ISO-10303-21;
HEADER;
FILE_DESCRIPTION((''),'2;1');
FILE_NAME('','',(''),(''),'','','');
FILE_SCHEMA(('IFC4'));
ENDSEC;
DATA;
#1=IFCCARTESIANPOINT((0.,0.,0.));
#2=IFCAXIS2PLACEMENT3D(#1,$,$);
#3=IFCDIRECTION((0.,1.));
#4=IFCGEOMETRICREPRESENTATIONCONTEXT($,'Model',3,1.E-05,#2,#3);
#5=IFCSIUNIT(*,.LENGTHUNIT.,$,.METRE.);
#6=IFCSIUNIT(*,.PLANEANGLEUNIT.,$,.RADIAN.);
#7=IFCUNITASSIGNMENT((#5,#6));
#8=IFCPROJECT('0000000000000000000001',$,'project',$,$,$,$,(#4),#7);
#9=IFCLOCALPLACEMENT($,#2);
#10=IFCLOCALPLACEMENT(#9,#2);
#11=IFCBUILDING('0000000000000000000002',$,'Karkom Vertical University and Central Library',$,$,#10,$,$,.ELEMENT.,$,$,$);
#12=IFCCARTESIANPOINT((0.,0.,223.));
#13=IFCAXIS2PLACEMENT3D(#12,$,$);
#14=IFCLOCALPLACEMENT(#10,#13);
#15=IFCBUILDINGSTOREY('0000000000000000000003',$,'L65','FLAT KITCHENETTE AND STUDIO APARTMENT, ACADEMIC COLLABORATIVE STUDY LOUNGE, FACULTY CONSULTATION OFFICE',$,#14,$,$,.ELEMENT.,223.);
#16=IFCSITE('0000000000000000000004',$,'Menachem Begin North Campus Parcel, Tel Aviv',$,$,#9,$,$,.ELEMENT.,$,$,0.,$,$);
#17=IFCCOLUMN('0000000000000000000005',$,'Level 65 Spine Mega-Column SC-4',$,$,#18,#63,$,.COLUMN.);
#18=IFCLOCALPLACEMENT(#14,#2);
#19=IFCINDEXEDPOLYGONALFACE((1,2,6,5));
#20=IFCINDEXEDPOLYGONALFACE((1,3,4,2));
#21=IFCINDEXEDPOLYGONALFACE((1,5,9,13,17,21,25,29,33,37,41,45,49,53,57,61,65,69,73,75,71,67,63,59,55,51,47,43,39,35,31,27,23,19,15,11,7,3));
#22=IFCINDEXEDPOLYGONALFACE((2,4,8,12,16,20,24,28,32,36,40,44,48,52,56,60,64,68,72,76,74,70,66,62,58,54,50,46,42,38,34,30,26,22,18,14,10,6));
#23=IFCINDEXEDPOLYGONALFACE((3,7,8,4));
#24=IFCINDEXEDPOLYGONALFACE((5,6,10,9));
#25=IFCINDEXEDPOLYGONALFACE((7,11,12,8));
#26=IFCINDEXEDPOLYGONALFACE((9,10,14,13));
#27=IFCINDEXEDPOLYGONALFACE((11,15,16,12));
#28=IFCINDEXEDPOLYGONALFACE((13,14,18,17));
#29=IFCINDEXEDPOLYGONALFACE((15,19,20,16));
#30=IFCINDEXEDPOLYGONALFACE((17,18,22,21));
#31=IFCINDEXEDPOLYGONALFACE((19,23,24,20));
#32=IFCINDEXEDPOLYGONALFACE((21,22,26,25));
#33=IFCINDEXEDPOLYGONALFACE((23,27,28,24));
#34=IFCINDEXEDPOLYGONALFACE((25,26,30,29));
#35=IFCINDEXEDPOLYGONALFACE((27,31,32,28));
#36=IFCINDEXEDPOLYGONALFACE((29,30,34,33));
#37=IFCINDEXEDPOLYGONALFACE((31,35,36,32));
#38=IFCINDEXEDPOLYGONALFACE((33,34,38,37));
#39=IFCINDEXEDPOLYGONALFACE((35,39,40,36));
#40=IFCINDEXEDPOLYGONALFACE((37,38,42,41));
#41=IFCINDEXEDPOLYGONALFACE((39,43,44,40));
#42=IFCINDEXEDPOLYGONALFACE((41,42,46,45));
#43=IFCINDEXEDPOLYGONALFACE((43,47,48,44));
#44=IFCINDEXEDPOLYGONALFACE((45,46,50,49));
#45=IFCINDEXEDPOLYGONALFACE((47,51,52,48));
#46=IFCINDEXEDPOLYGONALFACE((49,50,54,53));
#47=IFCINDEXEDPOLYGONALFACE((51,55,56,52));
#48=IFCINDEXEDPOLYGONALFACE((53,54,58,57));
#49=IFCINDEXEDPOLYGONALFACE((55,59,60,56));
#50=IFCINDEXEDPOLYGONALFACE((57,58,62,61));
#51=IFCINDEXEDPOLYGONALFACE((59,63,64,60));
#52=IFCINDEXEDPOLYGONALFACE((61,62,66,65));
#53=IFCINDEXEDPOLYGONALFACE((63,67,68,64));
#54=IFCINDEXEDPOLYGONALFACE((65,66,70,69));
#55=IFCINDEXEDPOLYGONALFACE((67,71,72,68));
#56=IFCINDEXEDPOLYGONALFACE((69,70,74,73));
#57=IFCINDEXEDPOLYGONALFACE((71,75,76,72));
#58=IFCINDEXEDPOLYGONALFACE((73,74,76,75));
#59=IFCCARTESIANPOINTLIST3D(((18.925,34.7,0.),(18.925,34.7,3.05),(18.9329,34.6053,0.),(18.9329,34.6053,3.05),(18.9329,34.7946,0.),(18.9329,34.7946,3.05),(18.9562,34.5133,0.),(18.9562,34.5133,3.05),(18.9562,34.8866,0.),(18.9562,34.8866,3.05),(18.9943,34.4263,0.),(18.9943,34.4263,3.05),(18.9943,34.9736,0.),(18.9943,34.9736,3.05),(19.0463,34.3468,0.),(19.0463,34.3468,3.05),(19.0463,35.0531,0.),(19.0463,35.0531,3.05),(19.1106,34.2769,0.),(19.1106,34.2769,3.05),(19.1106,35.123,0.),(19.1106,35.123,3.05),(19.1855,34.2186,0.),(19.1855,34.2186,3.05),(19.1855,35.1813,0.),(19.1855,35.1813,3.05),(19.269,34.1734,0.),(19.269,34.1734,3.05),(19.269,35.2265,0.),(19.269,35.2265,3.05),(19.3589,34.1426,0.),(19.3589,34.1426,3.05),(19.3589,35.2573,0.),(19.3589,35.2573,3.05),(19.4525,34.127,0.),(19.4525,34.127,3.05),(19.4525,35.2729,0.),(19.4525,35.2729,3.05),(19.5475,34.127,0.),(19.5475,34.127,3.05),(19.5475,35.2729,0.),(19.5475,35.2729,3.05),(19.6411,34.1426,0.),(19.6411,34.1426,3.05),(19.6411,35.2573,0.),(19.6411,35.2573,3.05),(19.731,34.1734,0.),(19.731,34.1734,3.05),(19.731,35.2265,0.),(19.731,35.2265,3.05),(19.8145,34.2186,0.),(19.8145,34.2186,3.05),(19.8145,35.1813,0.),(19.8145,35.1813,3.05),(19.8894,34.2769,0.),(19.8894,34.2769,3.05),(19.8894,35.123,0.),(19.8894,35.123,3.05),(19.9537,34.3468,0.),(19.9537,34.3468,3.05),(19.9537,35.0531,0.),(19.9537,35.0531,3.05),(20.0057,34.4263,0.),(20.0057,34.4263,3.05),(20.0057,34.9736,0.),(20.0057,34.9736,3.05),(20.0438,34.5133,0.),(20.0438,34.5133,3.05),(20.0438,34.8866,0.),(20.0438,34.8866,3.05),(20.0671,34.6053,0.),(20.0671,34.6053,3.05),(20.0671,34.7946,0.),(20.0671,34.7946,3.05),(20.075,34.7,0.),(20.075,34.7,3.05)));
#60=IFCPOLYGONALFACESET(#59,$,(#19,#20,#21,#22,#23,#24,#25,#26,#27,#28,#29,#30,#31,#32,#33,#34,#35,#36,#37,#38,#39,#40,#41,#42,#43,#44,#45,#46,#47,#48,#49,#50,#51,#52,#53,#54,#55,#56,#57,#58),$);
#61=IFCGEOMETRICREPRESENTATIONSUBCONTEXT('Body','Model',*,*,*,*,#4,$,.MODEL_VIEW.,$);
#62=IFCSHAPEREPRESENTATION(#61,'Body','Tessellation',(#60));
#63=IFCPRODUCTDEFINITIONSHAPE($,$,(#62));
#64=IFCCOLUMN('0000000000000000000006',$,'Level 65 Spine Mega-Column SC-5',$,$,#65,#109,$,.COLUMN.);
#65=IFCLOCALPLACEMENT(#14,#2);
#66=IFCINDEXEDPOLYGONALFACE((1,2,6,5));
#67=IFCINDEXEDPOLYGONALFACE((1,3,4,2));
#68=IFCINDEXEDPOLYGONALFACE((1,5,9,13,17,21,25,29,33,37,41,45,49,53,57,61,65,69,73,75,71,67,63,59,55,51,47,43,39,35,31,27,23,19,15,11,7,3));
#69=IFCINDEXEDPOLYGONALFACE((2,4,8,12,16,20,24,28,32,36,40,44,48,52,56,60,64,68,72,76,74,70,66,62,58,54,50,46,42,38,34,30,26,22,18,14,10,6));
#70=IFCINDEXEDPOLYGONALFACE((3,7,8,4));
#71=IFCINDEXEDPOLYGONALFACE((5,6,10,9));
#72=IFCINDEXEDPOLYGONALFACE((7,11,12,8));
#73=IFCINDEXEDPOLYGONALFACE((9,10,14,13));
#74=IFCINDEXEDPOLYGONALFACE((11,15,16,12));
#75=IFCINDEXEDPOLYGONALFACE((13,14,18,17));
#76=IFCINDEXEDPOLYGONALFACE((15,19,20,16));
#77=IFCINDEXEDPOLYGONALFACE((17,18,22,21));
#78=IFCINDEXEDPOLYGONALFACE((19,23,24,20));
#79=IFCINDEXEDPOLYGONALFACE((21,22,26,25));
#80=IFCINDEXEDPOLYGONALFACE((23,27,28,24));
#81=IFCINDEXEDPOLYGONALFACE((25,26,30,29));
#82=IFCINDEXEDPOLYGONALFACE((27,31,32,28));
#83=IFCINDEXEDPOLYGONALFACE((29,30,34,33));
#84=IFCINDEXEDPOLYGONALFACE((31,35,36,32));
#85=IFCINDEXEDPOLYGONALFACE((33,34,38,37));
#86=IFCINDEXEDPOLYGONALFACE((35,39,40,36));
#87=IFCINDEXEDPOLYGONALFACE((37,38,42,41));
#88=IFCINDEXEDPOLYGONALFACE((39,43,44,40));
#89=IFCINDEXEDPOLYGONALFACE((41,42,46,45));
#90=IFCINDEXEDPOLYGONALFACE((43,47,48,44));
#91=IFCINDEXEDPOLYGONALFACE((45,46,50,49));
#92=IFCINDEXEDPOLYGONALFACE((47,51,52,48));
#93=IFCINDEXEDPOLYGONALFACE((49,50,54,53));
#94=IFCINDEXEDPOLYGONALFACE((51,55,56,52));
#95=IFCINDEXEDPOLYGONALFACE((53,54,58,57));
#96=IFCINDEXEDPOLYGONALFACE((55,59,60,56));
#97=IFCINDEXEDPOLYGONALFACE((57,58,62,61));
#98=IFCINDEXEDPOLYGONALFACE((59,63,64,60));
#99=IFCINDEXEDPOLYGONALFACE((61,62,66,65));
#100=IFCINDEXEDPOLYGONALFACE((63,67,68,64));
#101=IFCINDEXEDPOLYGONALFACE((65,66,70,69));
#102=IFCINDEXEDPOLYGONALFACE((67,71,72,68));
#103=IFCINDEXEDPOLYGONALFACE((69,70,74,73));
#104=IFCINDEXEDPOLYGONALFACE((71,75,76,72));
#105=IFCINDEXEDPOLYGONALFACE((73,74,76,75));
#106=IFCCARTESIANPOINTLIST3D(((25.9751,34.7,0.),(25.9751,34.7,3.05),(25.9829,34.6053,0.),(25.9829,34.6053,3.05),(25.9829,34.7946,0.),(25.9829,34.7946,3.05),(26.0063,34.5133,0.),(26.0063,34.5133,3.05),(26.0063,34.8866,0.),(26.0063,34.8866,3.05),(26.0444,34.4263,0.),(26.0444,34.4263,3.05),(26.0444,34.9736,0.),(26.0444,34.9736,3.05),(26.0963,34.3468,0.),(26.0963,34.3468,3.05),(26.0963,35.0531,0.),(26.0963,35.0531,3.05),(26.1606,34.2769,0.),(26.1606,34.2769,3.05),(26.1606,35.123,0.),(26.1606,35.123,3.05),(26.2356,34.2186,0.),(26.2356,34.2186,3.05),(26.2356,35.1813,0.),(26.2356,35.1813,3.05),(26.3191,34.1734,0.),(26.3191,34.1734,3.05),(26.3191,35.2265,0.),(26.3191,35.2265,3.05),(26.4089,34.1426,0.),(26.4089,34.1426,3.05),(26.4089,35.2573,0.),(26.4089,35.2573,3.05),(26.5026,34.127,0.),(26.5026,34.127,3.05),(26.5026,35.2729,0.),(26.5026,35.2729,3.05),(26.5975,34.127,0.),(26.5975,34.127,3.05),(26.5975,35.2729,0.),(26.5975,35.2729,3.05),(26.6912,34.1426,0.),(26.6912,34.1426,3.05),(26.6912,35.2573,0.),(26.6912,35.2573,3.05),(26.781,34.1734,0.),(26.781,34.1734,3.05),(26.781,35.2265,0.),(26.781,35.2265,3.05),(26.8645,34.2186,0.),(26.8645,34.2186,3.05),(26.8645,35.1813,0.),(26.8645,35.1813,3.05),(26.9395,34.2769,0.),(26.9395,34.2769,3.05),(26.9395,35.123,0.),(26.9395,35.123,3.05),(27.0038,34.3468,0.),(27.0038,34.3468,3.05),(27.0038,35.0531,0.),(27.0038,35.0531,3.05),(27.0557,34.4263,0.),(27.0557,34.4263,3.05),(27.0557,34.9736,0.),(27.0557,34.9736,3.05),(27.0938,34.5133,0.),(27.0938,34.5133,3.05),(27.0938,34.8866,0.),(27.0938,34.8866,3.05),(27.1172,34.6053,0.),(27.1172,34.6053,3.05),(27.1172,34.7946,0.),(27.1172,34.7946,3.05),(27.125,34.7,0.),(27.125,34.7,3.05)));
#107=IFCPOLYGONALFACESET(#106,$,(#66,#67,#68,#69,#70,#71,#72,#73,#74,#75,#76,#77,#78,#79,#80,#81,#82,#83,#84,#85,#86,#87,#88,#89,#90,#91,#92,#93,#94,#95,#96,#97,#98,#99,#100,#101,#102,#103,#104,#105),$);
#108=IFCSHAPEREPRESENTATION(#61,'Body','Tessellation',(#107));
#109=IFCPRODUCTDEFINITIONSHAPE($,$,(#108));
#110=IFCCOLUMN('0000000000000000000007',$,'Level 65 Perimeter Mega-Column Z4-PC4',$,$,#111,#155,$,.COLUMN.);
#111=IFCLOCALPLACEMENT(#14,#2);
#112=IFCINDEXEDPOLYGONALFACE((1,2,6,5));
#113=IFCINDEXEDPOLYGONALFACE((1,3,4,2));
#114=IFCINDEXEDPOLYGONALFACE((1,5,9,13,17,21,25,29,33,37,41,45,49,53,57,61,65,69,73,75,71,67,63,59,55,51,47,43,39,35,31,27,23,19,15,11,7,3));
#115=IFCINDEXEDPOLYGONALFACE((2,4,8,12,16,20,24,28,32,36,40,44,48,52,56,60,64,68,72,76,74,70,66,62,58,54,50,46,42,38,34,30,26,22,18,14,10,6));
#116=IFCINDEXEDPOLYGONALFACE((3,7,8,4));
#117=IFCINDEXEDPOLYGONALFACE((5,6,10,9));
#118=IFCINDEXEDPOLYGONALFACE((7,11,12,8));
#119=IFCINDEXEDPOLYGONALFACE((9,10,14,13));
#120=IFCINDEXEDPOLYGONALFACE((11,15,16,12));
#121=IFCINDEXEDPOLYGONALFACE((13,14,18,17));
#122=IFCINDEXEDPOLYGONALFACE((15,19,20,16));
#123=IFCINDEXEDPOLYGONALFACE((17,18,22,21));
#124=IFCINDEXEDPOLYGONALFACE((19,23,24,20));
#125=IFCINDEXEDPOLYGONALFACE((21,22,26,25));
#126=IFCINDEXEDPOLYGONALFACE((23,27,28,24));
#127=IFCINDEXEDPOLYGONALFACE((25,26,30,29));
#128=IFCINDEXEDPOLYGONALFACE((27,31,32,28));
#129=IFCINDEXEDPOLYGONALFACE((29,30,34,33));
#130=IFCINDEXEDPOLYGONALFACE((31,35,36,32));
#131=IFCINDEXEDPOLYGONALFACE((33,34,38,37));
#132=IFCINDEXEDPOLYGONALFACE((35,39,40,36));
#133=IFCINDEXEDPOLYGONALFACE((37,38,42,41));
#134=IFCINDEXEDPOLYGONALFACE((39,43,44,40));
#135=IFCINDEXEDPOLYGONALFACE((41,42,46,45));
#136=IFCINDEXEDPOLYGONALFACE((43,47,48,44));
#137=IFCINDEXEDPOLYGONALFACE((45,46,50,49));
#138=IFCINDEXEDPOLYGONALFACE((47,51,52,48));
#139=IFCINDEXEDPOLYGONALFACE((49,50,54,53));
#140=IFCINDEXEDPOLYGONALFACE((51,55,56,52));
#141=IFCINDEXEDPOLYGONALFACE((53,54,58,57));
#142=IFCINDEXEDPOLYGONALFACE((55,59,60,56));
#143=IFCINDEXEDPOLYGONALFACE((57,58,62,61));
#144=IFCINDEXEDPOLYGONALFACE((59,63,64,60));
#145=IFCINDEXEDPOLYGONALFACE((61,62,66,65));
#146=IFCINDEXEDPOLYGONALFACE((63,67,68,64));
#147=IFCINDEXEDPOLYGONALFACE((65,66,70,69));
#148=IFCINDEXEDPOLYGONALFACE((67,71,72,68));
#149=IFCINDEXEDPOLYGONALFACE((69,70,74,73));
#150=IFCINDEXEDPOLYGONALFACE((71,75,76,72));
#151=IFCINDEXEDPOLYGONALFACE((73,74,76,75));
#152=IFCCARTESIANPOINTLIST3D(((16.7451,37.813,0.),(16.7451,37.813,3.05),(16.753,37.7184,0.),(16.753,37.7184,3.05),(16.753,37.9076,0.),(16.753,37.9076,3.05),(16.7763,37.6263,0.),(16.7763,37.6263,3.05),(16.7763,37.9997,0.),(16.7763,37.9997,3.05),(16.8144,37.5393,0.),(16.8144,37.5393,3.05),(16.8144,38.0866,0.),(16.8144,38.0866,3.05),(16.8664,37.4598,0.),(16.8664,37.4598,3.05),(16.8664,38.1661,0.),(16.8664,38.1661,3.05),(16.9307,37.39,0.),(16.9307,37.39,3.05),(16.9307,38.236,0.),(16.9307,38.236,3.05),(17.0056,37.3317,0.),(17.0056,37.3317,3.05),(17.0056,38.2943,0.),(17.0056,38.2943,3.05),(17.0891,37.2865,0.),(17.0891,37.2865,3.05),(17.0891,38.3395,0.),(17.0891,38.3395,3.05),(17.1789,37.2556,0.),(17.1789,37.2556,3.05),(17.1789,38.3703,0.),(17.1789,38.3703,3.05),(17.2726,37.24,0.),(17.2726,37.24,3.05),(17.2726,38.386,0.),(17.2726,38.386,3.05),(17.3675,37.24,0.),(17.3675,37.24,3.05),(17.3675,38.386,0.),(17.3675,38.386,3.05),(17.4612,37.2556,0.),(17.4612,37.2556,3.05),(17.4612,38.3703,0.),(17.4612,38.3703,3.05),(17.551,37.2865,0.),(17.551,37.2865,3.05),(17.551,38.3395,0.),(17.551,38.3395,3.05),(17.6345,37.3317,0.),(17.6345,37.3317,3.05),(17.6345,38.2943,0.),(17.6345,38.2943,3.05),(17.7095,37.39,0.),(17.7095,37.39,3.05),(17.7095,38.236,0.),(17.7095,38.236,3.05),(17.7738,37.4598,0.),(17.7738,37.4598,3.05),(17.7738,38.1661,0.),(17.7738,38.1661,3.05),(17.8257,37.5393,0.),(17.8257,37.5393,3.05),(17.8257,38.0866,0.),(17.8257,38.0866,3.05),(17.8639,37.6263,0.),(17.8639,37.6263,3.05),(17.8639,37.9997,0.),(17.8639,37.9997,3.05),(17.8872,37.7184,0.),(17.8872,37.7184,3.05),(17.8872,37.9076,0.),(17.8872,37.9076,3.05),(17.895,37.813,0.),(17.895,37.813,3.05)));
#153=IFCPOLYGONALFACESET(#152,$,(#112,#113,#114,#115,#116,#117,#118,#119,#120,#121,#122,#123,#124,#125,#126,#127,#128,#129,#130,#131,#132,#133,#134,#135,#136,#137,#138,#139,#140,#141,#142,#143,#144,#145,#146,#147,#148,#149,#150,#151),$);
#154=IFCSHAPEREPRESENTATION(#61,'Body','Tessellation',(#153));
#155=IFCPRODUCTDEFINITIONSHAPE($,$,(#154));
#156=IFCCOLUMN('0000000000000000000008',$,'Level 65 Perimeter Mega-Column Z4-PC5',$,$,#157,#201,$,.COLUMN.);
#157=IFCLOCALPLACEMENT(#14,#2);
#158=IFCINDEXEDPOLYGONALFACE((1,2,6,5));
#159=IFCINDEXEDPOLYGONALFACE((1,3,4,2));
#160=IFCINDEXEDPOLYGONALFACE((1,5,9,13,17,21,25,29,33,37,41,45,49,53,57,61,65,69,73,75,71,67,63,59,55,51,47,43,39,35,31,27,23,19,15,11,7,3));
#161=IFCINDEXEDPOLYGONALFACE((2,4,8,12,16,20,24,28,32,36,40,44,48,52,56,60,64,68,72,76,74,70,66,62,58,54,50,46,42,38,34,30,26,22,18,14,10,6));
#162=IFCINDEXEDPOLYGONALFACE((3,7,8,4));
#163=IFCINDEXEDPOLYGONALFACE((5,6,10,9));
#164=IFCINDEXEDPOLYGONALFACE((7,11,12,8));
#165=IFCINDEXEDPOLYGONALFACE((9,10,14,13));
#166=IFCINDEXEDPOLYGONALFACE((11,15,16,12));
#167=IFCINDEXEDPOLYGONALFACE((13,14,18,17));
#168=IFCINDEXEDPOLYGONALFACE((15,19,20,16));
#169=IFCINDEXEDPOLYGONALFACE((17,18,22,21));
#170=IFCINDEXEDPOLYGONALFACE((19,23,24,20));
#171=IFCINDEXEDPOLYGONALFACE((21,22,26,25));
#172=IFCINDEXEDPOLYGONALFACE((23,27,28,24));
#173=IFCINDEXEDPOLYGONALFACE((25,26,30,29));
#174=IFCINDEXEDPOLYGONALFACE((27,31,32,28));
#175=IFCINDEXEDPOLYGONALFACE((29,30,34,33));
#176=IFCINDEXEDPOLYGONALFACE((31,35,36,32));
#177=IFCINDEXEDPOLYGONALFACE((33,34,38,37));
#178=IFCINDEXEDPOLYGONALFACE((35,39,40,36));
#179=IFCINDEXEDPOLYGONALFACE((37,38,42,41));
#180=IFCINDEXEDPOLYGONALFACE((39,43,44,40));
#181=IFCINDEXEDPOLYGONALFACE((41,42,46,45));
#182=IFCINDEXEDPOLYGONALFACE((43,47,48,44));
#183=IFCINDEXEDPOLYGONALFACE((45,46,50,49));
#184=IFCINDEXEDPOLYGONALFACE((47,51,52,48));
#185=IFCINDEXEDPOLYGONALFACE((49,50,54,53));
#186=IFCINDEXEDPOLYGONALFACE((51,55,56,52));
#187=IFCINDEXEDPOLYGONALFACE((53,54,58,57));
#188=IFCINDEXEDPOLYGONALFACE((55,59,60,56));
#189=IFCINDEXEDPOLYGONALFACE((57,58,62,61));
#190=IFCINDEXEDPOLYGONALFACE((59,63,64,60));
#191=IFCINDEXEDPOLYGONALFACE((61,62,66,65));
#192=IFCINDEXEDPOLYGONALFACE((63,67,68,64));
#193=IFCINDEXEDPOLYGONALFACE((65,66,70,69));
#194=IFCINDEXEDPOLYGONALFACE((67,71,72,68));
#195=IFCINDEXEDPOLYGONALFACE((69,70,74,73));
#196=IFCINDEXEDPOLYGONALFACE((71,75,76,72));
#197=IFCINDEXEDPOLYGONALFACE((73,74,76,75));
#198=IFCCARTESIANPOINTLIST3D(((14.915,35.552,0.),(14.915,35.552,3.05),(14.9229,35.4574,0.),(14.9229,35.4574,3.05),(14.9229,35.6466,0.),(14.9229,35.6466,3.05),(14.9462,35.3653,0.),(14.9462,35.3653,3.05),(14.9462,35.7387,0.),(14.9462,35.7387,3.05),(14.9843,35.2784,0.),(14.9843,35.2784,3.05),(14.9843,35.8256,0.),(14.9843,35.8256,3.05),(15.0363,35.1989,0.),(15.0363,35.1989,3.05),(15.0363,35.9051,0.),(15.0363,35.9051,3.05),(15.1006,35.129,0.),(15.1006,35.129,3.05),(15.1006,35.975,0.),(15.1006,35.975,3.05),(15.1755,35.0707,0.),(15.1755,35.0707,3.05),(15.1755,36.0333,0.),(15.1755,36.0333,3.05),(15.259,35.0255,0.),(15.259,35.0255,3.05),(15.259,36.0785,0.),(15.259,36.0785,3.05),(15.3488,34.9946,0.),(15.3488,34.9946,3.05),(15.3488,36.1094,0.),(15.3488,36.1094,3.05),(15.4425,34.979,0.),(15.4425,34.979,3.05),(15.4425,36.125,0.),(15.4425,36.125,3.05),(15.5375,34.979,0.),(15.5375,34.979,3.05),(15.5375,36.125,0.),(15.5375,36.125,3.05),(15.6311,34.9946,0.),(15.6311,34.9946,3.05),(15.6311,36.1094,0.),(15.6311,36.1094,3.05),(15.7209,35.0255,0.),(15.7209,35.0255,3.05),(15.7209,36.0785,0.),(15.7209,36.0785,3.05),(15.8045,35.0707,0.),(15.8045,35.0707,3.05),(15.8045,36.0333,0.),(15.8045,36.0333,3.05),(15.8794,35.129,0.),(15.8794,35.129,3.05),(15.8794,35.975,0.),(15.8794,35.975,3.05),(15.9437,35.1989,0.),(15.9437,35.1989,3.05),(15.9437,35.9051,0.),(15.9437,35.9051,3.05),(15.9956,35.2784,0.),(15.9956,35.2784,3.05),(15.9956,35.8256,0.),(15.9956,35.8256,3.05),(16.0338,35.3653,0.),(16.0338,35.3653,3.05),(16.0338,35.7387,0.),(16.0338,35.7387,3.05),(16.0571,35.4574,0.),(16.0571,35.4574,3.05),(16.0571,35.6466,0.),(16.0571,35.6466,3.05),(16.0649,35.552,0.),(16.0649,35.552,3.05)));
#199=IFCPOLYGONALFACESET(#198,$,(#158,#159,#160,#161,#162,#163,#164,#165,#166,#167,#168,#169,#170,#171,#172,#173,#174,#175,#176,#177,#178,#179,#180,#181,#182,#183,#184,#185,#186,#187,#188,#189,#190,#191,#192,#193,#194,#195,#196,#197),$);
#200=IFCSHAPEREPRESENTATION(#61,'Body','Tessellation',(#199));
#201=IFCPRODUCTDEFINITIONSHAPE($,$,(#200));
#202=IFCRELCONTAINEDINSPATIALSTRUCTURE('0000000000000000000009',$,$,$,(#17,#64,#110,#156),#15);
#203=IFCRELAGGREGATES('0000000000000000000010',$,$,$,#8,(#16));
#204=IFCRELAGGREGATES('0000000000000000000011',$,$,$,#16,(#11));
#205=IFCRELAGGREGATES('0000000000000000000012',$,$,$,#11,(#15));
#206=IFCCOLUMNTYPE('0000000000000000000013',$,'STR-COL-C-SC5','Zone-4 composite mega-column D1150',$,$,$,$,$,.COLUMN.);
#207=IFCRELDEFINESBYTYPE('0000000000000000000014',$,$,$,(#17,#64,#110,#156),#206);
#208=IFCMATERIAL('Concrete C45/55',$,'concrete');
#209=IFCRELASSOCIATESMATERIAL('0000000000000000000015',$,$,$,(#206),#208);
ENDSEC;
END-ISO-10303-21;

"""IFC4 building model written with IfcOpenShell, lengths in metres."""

from ifc_helpers import new_model, si_unit, direction, frame, origin, origin_with_axes, origin_2d, place, context, subcontext, project, spatial, circle, extrude, source, transform, mapped, material, material_profile, profile_set, type_object, element, save


model = new_model("IFC4")

# Units and contexts
model_context = context("Model", 3, precision=1e-05, world=origin(), true_north=direction((0.0, 1.0)))
body_context = subcontext(model_context, "Body", "Model", "MODEL_VIEW")
ifc_project = project(units=[si_unit("LENGTHUNIT", "METRE"), si_unit("PLANEANGLEUNIT", "RADIAN")], contexts=[model_context])

# Site, building, storey
site_placement = place(None, origin())
site = spatial("IfcSite", under=ifc_project, at=site_placement, Name="Menachem Begin North Campus Parcel, Tel Aviv", CompositionType="ELEMENT", RefElevation=0.0)
building_placement = place(site_placement, origin())
building = spatial("IfcBuilding", under=site, at=building_placement, Name="Karkom Vertical University and Central Library", CompositionType="ELEMENT")
storey_placement = place(building_placement, frame((0.0, 0.0, 223.0)))
storey = spatial("IfcBuildingStorey", under=building, at=storey_placement, Name="L65", Description="FLAT KITCHENETTE AND STUDIO APARTMENT, ACADEMIC COLLABORATIVE STUDY LOUNGE, FACULTY CONSULTATION OFFICE", CompositionType="ELEMENT", Elevation=223.0)

# Columns
ifc_material_1 = material(Name="Concrete C45/55", Category="concrete")
ifc_material_profile_1 = material_profile(ifc_material_1, circle(Radius=0.575, at=origin_2d()), Name="CFT-D1150")
ifc_profile_set_1 = profile_set([ifc_material_profile_1], Name="Concrete C45/55")
column_type = type_object("IfcColumnType", Name="STR-COL-C-SC5", Description="Zone-4 composite mega-column D1150", PredefinedType="COLUMN", material=ifc_profile_set_1)
shared_shape_1 = source(origin_with_axes(), body_context, "Body", "SweptSolid", [
    extrude(circle(Radius=0.575, at=origin_2d()), origin(), (0.0, 0.0, 1.0), 3.05),
])
for number, where, z_axis, x_axis, name in (
    (1, (19.5, 34.7, 0.0), (0.0, 0.0, 1.0), (1.0, 0.0, 0.0), "Level 65 Spine Mega-Column SC-4"),
    (2, (26.55, 34.7, 0.0), (0.0, 0.0, 1.0), (1.0, 0.0, 0.0), "Level 65 Spine Mega-Column SC-5"),
    (3, (17.3201, 37.813, 0.0), (0.0, 0.0, 1.0), (1.0, 0.0, 0.0), "Level 65 Perimeter Mega-Column Z4-PC4"),
    (4, (15.49, 35.552, 0.0), (0.0, 0.0, 1.0), (1.0, 0.0, 0.0), "Level 65 Perimeter Mega-Column Z4-PC5"),
):
    element("IfcColumn", number, at=place(storey_placement, frame(where, z_axis=z_axis, x_axis=x_axis)), inside=storey, type_object=column_type, Name=name, PredefinedType="COLUMN", context=body_context, shape_type="MappedRepresentation", body=[
        mapped(shared_shape_1, transform((0.0, 0.0, 0.0), scale=1.0)),
    ])

save(model, "model.ifc")
